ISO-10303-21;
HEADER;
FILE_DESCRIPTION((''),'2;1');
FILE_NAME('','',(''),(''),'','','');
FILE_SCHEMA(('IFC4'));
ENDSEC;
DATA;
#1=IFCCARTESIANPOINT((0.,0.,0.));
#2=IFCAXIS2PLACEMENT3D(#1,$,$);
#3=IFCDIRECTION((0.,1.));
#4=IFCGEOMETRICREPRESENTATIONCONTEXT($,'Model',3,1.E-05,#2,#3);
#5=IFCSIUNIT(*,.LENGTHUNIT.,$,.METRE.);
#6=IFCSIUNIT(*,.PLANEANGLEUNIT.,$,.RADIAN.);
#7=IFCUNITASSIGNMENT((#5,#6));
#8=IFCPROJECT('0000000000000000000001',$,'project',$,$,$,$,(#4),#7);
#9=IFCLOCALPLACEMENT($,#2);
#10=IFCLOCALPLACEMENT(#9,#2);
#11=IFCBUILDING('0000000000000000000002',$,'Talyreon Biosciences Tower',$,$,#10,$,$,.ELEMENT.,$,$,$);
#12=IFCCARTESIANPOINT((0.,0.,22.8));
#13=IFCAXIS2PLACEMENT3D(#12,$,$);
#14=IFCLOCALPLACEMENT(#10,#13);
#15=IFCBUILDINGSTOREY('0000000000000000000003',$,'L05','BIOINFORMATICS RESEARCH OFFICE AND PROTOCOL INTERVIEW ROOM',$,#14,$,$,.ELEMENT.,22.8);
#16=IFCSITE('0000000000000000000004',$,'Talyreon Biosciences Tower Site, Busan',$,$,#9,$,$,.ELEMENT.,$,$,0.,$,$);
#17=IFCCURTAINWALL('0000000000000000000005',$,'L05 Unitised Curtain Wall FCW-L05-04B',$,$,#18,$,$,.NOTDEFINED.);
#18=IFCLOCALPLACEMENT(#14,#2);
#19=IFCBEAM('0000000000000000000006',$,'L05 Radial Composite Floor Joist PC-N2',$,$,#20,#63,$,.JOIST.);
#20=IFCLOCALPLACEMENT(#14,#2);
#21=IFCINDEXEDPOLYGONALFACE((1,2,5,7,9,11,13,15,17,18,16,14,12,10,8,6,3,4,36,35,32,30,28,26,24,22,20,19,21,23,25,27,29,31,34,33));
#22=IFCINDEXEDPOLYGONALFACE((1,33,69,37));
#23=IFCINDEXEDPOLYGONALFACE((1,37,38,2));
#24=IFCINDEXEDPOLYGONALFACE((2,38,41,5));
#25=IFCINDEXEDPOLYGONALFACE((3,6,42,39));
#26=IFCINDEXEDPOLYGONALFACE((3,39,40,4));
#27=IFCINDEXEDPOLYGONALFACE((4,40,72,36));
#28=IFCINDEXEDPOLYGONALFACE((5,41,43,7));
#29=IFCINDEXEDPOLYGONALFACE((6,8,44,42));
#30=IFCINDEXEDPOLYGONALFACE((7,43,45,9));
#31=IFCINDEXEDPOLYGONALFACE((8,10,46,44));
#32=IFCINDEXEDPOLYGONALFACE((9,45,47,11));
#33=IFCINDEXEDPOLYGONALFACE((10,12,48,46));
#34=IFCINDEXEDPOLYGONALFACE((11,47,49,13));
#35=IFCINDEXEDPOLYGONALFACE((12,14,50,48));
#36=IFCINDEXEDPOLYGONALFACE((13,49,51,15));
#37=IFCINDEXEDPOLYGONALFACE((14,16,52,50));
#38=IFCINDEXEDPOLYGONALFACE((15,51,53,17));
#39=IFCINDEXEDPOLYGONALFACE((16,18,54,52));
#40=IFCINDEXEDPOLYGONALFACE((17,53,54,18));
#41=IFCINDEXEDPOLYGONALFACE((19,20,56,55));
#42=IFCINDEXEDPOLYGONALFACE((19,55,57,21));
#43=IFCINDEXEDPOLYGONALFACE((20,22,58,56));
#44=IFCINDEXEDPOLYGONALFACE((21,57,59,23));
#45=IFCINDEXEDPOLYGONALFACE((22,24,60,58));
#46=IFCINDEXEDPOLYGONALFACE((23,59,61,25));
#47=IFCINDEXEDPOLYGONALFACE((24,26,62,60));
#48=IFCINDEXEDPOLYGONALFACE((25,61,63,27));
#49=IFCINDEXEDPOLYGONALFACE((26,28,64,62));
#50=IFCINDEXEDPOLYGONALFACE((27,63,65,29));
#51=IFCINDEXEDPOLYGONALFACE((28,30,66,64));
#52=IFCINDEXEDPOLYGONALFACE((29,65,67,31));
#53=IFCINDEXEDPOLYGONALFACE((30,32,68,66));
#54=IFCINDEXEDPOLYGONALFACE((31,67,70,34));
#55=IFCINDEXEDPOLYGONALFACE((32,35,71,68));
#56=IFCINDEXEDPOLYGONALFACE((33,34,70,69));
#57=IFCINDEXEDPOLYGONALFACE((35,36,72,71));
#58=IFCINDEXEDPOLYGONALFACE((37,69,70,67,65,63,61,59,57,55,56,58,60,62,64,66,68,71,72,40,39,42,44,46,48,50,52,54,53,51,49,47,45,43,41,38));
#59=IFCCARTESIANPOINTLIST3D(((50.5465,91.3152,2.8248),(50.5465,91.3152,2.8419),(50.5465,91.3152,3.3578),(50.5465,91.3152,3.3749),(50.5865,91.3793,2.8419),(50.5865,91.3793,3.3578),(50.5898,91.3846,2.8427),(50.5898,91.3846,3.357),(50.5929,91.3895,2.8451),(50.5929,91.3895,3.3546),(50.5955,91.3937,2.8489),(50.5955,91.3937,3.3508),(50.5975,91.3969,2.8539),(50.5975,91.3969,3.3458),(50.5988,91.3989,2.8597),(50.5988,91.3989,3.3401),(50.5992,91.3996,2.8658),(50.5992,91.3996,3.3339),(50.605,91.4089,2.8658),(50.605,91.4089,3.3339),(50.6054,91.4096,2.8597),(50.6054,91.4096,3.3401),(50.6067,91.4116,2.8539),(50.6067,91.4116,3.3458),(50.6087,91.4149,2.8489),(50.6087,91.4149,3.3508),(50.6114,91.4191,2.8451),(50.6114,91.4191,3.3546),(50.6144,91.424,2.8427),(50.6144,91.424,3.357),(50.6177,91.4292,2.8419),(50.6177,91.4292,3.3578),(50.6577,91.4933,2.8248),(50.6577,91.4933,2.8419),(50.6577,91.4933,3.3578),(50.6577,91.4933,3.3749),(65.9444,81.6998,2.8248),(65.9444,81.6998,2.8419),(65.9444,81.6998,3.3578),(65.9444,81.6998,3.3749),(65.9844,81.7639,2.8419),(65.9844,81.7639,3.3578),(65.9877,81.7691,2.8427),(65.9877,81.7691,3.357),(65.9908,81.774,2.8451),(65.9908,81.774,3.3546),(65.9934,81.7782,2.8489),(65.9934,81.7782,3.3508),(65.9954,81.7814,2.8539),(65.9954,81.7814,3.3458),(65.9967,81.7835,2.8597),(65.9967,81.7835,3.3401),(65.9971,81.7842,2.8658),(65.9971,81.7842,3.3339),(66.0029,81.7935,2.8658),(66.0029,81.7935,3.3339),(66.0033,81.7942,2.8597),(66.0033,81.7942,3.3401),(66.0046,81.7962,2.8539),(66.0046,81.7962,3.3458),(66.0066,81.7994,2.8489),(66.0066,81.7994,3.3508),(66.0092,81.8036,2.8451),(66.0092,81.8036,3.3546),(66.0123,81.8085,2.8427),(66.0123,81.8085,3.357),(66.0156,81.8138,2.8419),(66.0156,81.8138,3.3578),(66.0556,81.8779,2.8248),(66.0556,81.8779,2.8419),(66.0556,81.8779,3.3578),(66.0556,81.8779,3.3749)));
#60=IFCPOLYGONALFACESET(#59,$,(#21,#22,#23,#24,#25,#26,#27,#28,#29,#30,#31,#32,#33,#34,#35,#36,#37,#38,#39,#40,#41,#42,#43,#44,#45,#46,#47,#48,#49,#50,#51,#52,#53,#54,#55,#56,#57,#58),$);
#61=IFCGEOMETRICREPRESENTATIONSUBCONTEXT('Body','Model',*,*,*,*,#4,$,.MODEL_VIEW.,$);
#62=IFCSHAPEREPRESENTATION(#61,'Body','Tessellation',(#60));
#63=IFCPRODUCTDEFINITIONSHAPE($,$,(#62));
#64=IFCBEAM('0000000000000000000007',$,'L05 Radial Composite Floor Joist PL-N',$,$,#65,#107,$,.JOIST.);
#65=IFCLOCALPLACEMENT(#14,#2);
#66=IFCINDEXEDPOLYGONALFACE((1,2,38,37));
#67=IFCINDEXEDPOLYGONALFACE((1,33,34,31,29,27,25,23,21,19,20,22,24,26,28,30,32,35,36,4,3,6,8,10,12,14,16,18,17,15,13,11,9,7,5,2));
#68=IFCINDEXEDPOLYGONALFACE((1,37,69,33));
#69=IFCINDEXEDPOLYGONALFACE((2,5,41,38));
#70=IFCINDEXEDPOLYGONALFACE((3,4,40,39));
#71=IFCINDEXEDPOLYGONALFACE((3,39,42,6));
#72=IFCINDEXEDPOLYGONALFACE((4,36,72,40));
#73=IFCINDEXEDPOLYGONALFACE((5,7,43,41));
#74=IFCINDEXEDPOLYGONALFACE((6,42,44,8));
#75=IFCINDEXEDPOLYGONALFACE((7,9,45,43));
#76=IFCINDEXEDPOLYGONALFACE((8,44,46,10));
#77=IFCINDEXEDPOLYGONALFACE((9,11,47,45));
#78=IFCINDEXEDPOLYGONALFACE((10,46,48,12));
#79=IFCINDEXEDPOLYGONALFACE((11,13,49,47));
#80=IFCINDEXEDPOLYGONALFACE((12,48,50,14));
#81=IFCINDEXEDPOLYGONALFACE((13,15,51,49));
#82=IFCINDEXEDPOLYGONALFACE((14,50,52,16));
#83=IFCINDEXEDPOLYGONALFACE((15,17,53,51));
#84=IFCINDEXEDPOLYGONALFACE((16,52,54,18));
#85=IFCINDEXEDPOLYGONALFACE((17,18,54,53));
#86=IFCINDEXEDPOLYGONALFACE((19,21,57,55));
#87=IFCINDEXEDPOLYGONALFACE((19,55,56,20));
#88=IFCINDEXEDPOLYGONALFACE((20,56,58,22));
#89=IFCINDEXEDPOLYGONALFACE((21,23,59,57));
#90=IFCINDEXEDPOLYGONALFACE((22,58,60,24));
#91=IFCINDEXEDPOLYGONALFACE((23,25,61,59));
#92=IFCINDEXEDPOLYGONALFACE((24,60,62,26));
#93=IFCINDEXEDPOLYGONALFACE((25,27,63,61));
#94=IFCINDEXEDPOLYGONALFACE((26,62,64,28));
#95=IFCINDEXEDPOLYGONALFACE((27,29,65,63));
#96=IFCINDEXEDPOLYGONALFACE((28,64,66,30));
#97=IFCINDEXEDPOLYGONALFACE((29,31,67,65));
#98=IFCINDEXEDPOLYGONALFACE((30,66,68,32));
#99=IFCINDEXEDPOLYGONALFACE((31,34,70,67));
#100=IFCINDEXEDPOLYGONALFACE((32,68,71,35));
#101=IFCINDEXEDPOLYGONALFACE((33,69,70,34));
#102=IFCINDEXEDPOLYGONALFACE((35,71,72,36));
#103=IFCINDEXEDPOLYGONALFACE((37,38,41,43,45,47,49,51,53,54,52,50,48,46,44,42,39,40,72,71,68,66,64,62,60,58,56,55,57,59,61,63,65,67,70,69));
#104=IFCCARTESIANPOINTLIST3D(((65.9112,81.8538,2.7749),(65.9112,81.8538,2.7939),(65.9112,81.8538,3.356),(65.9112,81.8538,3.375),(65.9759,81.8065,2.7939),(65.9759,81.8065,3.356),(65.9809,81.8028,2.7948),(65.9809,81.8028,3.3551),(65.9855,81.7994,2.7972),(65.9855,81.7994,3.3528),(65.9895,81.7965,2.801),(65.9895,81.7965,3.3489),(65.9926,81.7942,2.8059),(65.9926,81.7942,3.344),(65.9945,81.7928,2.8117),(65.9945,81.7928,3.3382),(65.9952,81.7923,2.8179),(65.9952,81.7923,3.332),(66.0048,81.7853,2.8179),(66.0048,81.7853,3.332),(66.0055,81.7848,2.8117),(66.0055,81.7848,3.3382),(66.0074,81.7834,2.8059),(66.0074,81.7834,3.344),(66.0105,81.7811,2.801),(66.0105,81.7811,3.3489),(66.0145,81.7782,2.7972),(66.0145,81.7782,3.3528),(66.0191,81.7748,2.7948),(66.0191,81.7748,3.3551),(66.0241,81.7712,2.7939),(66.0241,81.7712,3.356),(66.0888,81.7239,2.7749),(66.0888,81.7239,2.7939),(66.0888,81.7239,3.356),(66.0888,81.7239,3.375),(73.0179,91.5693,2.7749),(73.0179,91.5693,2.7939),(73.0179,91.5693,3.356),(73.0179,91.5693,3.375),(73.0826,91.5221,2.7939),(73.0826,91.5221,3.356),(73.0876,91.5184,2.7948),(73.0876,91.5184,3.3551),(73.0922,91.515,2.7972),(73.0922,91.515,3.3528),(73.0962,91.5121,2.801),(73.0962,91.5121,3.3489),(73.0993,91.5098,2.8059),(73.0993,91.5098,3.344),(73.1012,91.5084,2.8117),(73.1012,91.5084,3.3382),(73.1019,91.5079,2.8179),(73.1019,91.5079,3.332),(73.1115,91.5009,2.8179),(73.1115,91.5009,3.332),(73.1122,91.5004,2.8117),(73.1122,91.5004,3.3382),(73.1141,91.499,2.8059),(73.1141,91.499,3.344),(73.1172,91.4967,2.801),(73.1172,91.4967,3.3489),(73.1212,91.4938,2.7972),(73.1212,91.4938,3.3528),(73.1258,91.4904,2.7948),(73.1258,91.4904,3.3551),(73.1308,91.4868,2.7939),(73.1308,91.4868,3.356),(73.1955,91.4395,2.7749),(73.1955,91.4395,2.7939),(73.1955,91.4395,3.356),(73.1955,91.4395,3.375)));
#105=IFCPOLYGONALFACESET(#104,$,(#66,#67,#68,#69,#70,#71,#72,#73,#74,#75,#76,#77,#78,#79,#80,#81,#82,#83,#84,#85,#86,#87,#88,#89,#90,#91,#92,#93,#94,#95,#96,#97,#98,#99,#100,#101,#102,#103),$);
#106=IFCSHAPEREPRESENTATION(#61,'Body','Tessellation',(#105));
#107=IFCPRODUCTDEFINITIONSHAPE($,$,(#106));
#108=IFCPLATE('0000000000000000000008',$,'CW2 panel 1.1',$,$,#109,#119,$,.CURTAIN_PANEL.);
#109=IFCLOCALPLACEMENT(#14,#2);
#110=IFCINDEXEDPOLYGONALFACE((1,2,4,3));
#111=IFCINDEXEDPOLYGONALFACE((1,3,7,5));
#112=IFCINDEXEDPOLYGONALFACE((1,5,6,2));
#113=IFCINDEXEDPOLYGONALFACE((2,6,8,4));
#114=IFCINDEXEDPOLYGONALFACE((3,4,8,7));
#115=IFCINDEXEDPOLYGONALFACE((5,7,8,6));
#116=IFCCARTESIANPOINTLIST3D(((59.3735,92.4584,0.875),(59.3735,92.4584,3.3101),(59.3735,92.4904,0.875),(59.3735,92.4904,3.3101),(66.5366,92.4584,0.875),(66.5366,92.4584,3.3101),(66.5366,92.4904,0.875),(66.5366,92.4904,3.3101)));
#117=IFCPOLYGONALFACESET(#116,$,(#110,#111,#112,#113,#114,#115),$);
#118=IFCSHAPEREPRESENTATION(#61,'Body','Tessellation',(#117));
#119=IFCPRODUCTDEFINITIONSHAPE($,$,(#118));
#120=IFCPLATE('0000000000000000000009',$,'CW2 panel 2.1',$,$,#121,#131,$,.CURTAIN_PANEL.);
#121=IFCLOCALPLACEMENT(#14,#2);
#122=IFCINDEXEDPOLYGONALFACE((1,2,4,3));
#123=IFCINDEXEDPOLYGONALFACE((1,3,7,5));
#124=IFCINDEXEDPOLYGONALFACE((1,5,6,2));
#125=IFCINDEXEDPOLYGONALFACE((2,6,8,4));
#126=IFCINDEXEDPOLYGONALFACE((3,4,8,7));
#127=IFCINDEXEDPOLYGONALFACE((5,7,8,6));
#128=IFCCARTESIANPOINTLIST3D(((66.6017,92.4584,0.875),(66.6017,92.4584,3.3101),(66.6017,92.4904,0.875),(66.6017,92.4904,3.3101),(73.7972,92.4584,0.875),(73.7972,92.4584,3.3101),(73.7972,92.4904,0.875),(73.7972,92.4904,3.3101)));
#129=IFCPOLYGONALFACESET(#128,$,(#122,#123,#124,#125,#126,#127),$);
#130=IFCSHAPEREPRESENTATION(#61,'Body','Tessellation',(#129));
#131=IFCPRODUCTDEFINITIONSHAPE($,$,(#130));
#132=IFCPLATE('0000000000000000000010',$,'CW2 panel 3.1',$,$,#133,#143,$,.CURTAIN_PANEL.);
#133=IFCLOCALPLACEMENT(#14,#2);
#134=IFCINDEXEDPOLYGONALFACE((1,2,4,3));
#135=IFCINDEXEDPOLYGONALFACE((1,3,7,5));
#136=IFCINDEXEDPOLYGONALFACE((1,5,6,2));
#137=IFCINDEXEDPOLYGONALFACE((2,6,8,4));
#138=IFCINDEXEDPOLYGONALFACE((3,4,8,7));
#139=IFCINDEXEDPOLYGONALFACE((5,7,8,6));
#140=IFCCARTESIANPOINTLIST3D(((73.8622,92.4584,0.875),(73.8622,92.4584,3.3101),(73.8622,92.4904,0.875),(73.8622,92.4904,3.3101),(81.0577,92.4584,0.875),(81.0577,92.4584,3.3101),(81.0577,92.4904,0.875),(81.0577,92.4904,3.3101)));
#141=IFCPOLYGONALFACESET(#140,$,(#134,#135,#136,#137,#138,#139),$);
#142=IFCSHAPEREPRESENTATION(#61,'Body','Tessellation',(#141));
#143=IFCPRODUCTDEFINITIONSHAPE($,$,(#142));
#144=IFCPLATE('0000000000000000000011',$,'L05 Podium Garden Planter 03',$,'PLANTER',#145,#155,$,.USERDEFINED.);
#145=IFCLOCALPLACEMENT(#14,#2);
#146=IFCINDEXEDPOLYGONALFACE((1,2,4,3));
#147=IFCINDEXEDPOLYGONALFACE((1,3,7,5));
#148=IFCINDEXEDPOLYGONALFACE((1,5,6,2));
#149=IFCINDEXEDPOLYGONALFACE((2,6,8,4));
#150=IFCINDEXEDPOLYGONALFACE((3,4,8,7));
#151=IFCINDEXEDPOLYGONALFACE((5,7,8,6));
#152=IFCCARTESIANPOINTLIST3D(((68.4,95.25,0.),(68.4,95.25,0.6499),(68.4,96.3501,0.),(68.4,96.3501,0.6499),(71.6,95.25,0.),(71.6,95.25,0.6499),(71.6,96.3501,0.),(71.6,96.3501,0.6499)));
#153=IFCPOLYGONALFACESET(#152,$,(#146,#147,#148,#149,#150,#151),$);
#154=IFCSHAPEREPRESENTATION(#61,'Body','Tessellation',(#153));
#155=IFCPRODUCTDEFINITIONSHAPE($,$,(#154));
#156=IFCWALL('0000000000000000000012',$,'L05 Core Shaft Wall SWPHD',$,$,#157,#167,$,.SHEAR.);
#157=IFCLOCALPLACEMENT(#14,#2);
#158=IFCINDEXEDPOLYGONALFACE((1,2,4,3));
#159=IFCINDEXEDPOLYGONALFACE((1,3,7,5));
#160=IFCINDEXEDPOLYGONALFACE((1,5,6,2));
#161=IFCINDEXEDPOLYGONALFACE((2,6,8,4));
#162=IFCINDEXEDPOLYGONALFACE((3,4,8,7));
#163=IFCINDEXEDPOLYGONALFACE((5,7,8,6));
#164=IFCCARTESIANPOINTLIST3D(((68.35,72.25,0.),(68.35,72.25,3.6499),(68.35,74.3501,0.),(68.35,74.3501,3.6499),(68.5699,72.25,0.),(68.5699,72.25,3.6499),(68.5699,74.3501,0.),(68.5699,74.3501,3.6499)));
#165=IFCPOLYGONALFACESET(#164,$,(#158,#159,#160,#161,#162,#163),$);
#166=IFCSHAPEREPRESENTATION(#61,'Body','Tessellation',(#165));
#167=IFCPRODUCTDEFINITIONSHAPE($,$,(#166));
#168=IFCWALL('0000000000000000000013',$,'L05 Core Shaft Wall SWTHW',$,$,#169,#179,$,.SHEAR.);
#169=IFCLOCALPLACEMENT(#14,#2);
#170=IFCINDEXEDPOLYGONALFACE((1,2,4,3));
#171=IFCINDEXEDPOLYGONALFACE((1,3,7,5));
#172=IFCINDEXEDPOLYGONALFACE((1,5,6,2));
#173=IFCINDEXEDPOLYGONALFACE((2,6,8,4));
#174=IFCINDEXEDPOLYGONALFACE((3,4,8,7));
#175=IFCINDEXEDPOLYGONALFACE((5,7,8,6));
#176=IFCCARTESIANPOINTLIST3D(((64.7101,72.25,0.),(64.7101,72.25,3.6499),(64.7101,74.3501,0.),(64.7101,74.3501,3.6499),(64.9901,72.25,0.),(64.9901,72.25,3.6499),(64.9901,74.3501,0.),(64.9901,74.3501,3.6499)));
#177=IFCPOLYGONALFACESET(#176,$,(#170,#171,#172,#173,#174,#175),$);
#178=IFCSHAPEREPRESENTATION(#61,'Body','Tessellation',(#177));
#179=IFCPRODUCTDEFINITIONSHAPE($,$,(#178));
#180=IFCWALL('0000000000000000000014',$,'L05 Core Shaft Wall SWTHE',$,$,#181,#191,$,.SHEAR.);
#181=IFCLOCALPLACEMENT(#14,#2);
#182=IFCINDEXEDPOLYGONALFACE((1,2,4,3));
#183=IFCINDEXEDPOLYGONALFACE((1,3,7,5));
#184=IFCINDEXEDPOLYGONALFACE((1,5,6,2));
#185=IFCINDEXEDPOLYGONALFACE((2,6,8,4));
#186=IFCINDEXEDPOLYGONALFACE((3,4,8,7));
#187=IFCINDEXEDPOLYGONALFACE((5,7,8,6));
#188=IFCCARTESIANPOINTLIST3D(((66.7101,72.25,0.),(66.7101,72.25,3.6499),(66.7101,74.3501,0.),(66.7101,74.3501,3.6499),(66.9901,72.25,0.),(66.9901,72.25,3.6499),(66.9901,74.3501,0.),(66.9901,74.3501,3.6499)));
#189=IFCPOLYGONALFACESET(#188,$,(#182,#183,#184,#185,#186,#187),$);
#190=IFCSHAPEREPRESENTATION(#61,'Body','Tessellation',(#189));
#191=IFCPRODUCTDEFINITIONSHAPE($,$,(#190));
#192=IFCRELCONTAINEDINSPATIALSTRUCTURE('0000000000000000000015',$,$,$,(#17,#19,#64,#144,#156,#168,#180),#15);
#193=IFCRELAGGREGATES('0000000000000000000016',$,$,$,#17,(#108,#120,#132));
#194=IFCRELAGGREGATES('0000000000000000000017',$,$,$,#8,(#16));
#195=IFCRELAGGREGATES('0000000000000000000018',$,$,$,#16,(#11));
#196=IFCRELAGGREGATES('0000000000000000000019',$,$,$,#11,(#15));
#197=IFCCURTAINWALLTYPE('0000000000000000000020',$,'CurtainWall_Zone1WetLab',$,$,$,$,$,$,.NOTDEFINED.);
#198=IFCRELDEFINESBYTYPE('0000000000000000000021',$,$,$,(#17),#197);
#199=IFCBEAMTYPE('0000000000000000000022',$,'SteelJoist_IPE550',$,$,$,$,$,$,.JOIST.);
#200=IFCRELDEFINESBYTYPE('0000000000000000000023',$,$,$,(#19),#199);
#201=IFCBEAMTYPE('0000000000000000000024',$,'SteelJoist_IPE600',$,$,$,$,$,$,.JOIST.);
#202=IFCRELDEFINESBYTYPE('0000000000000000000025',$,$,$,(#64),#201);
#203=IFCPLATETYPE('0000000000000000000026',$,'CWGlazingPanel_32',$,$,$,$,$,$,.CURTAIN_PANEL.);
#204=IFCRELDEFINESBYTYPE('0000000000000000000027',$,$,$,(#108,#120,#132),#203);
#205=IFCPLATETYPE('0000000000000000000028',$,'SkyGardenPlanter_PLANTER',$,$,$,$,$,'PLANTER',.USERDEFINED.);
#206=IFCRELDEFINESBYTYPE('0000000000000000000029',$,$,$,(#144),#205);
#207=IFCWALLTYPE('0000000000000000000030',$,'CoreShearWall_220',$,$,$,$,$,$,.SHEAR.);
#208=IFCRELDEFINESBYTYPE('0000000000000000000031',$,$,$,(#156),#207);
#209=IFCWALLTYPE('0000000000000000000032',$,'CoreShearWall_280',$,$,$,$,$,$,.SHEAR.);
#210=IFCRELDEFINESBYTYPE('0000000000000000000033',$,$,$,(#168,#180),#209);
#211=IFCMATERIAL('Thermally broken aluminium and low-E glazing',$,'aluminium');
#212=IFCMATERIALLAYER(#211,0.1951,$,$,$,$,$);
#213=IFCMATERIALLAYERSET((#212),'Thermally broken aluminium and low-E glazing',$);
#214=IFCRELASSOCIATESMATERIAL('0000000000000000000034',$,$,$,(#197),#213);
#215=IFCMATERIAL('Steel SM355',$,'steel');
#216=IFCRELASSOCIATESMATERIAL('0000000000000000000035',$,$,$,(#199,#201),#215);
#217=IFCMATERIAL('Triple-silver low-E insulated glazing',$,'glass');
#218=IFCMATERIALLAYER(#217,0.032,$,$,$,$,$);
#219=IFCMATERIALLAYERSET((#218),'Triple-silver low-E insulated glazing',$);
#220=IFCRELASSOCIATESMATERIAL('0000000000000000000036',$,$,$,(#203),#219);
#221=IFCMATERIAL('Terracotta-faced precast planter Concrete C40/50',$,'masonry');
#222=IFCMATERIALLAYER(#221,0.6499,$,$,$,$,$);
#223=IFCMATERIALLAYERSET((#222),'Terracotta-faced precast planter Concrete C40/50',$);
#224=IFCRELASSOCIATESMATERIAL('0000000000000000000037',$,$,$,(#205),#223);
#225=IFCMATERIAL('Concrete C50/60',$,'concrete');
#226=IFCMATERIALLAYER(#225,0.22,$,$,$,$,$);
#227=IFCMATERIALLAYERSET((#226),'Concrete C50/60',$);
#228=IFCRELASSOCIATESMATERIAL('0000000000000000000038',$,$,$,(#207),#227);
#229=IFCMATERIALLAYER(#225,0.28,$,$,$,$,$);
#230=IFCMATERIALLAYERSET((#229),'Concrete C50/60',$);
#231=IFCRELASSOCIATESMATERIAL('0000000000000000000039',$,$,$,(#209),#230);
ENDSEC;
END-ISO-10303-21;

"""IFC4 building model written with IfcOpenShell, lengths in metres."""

from ifc_helpers import new_model, si_unit, direction, frame, frame_2d, origin, origin_2d, place, context, subcontext, project, spatial, rectangle, i_section, extrude, material, layer, layer_set, material_profile, profile_set, type_object, element, aggregate, save


model = new_model("IFC4")

# Units and contexts
model_context = context("Model", 3, precision=1e-05, world=origin(), true_north=direction((0.0, 1.0)))
body_context = subcontext(model_context, "Body", "Model", "MODEL_VIEW")
ifc_project = project(units=[si_unit("LENGTHUNIT", "METRE"), si_unit("PLANEANGLEUNIT", "RADIAN")], contexts=[model_context])

# Site, building, storey
site_placement = place(None, origin())
site = spatial("IfcSite", under=ifc_project, at=site_placement, Name="Talyreon Biosciences Tower Site, Busan", CompositionType="ELEMENT", RefElevation=0.0)
building_placement = place(site_placement, origin())
building = spatial("IfcBuilding", under=site, at=building_placement, Name="Talyreon Biosciences Tower", CompositionType="ELEMENT")
storey_placement = place(building_placement, frame((0.0, 0.0, 22.8)))
storey = spatial("IfcBuildingStorey", under=building, at=storey_placement, Name="L05", Description="BIOINFORMATICS RESEARCH OFFICE AND PROTOCOL INTERVIEW ROOM", CompositionType="ELEMENT", Elevation=22.8)

# Curtain wall
ifc_material_1 = material(Name="Thermally broken aluminium and low-E glazing", Category="aluminium")
ifc_layer_1 = layer(ifc_material_1, 0.1951)
ifc_layer_set_1 = layer_set([ifc_layer_1], Name="Thermally broken aluminium and low-E glazing")
curtain_wall_type = type_object("IfcCurtainWallType", Name="CurtainWall_Zone1WetLab", PredefinedType="NOTDEFINED", material=ifc_layer_set_1)
curtain_wall_placement = place(storey_placement, origin())
curtain_wall = element("IfcCurtainWall", 1, at=curtain_wall_placement, inside=storey, type_object=curtain_wall_type, Name="L05 Unitised Curtain Wall FCW-L05-04B", PredefinedType="NOTDEFINED")

# Beams
ifc_material_2 = material(Name="Steel SM355", Category="steel")
ifc_material_profile_1 = material_profile(ifc_material_2, i_section(OverallWidth=0.21, OverallDepth=0.55, WebThickness=0.011, FlangeThickness=0.0171, FilletRadius=0.0239, at=origin_2d()), Name="IPE550")
ifc_profile_set_1 = profile_set([ifc_material_profile_1], Name="Steel SM355")
beam_type_1 = type_object("IfcBeamType", Name="SteelJoist_IPE550", PredefinedType="JOIST", material=ifc_profile_set_1)
for number, where, z_axis, x_axis, name in (
    (2, (66.0, 81.7888, 3.0999), (-0.848202, 0.529673, 0.0), (-0.529673, -0.848202, 0.0), "L05 Radial Composite Floor Joist PC-N2"),
):
    element("IfcBeam", number, at=place(storey_placement, frame(where, z_axis=z_axis, x_axis=x_axis)), inside=storey, type_object=beam_type_1, Name=name, PredefinedType="JOIST", context=body_context, shape_type="SweptSolid", body=[
        extrude(i_section(OverallWidth=0.21, OverallDepth=0.55, WebThickness=0.011, FlangeThickness=0.0171, FilletRadius=0.0239, at=origin_2d()), origin(), (0.0, 0.0, 1.0), 18.1536),
    ])
ifc_material_profile_2 = material_profile(ifc_material_2, i_section(OverallWidth=0.22, OverallDepth=0.6001, WebThickness=0.012, FlangeThickness=0.019, FilletRadius=0.0239, at=origin_2d()), Name="IPE600")
ifc_profile_set_2 = profile_set([ifc_material_profile_2], Name="Steel SM355")
beam_type_2 = type_object("IfcBeamType", Name="SteelJoist_IPE600", PredefinedType="JOIST", material=ifc_profile_set_2)
beam_1_placement = place(storey_placement, frame((66.0, 81.7888, 3.075), z_axis=(0.590387, 0.80712, 0.0), x_axis=(-0.80712, 0.590387, 0.0)))
element("IfcBeam", 3, at=beam_1_placement, inside=storey, type_object=beam_type_2, Name="L05 Radial Composite Floor Joist PL-N", PredefinedType="JOIST", context=body_context, shape_type="SweptSolid", body=[
    extrude(i_section(OverallWidth=0.22, OverallDepth=0.6001, WebThickness=0.012, FlangeThickness=0.019, FilletRadius=0.0239, at=origin_2d()), origin(), (0.0, 0.0, 1.0), 12.0374),
])

# Plates
ifc_material_3 = material(Name="Triple-silver low-E insulated glazing", Category="glass")
ifc_layer_2 = layer(ifc_material_3, 0.032)
ifc_layer_set_2 = layer_set([ifc_layer_2], Name="Triple-silver low-E insulated glazing")
plate_type_1 = type_object("IfcPlateType", Name="CWGlazingPanel_32", PredefinedType="CURTAIN_PANEL", material=ifc_layer_set_2)
plate_1_placement = place(storey_placement, frame((62.9551, 92.4744, 0.875), z_axis=(0.0, 0.0, 1.0), x_axis=(1.0, 0.0, 0.0)))
plate_1 = element("IfcPlate", 4, at=plate_1_placement, type_object=plate_type_1, Name="CW2 panel 1.1", PredefinedType="CURTAIN_PANEL", context=body_context, shape_type="SweptSolid", body=[
    extrude(rectangle(XDim=7.1631, YDim=0.032, at=origin_2d()), origin(), (0.0, 0.0, 1.0), 2.4351),
])
plate_2_placement = place(storey_placement, frame((70.1995, 92.4744, 0.875), z_axis=(0.0, 0.0, 1.0), x_axis=(1.0, 0.0, 0.0)))
plate_2 = element("IfcPlate", 5, at=plate_2_placement, type_object=plate_type_1, Name="CW2 panel 2.1", PredefinedType="CURTAIN_PANEL", context=body_context, shape_type="SweptSolid", body=[
    extrude(rectangle(XDim=7.1956, YDim=0.032, at=origin_2d()), origin(), (0.0, 0.0, 1.0), 2.4351),
])
plate_3_placement = place(storey_placement, frame((77.46, 92.4744, 0.875), z_axis=(0.0, 0.0, 1.0), x_axis=(1.0, 0.0, 0.0)))
plate_3 = element("IfcPlate", 6, at=plate_3_placement, type_object=plate_type_1, Name="CW2 panel 3.1", PredefinedType="CURTAIN_PANEL", context=body_context, shape_type="SweptSolid", body=[
    extrude(rectangle(XDim=7.1956, YDim=0.032, at=origin_2d()), origin(), (0.0, 0.0, 1.0), 2.4351),
])
aggregate(curtain_wall, [plate_1, plate_2, plate_3])
ifc_material_4 = material(Name="Terracotta-faced precast planter Concrete C40/50", Category="masonry")
ifc_layer_3 = layer(ifc_material_4, 0.6499)
ifc_layer_set_3 = layer_set([ifc_layer_3], Name="Terracotta-faced precast planter Concrete C40/50")
plate_type_2 = type_object("IfcPlateType", Name="SkyGardenPlanter_PLANTER", ElementType="PLANTER", PredefinedType="USERDEFINED", material=ifc_layer_set_3)
plate_4_placement = place(storey_placement, frame((70.0, 95.8, 0.0), z_axis=(0.0, 0.0, 1.0), x_axis=(1.0, 0.0, 0.0)))
element("IfcPlate", 7, at=plate_4_placement, inside=storey, type_object=plate_type_2, Name="L05 Podium Garden Planter 03", ObjectType="PLANTER", PredefinedType="USERDEFINED", context=body_context, shape_type="SweptSolid", body=[
    extrude(rectangle(XDim=3.2, YDim=1.1001, at=origin_2d()), origin(), (0.0, 0.0, 1.0), 0.6499),
])

# Walls
ifc_material_5 = material(Name="Concrete C50/60", Category="concrete")
ifc_layer_4 = layer(ifc_material_5, 0.22)
ifc_layer_set_4 = layer_set([ifc_layer_4], Name="Concrete C50/60")
wall_type_1 = type_object("IfcWallType", Name="CoreShearWall_220", PredefinedType="SHEAR", material=ifc_layer_set_4)
wall_1_placement = place(storey_placement, frame((68.46, 72.25, 0.0), z_axis=(0.0, 0.0, 1.0), x_axis=(0.0, 1.0, 0.0)))
element("IfcWall", 8, at=wall_1_placement, inside=storey, type_object=wall_type_1, Name="L05 Core Shaft Wall SWPHD", PredefinedType="SHEAR", context=body_context, shape_type="SweptSolid", body=[
    extrude(rectangle(XDim=2.1001, YDim=0.22, at=frame_2d((1.05, 0.0))), origin(), (0.0, 0.0, 1.0), 3.6499),
])
ifc_layer_5 = layer(ifc_material_5, 0.28)
ifc_layer_set_5 = layer_set([ifc_layer_5], Name="Concrete C50/60")
wall_type_2 = type_object("IfcWallType", Name="CoreShearWall_280", PredefinedType="SHEAR", material=ifc_layer_set_5)
for number, where, z_axis, x_axis, name in (
    (9, (64.8501, 72.25, 0.0), (0.0, 0.0, 1.0), (0.0, 1.0, 0.0), "L05 Core Shaft Wall SWTHW"),
    (10, (66.8501, 72.25, 0.0), (0.0, 0.0, 1.0), (0.0, 1.0, 0.0), "L05 Core Shaft Wall SWTHE"),
):
    element("IfcWall", number, at=place(storey_placement, frame(where, z_axis=z_axis, x_axis=x_axis)), inside=storey, type_object=wall_type_2, Name=name, PredefinedType="SHEAR", context=body_context, shape_type="SweptSolid", body=[
        extrude(rectangle(XDim=2.1001, YDim=0.28, at=frame_2d((1.05, 0.0))), origin(), (0.0, 0.0, 1.0), 3.6499),
    ])

save(model, "model.ifc")
